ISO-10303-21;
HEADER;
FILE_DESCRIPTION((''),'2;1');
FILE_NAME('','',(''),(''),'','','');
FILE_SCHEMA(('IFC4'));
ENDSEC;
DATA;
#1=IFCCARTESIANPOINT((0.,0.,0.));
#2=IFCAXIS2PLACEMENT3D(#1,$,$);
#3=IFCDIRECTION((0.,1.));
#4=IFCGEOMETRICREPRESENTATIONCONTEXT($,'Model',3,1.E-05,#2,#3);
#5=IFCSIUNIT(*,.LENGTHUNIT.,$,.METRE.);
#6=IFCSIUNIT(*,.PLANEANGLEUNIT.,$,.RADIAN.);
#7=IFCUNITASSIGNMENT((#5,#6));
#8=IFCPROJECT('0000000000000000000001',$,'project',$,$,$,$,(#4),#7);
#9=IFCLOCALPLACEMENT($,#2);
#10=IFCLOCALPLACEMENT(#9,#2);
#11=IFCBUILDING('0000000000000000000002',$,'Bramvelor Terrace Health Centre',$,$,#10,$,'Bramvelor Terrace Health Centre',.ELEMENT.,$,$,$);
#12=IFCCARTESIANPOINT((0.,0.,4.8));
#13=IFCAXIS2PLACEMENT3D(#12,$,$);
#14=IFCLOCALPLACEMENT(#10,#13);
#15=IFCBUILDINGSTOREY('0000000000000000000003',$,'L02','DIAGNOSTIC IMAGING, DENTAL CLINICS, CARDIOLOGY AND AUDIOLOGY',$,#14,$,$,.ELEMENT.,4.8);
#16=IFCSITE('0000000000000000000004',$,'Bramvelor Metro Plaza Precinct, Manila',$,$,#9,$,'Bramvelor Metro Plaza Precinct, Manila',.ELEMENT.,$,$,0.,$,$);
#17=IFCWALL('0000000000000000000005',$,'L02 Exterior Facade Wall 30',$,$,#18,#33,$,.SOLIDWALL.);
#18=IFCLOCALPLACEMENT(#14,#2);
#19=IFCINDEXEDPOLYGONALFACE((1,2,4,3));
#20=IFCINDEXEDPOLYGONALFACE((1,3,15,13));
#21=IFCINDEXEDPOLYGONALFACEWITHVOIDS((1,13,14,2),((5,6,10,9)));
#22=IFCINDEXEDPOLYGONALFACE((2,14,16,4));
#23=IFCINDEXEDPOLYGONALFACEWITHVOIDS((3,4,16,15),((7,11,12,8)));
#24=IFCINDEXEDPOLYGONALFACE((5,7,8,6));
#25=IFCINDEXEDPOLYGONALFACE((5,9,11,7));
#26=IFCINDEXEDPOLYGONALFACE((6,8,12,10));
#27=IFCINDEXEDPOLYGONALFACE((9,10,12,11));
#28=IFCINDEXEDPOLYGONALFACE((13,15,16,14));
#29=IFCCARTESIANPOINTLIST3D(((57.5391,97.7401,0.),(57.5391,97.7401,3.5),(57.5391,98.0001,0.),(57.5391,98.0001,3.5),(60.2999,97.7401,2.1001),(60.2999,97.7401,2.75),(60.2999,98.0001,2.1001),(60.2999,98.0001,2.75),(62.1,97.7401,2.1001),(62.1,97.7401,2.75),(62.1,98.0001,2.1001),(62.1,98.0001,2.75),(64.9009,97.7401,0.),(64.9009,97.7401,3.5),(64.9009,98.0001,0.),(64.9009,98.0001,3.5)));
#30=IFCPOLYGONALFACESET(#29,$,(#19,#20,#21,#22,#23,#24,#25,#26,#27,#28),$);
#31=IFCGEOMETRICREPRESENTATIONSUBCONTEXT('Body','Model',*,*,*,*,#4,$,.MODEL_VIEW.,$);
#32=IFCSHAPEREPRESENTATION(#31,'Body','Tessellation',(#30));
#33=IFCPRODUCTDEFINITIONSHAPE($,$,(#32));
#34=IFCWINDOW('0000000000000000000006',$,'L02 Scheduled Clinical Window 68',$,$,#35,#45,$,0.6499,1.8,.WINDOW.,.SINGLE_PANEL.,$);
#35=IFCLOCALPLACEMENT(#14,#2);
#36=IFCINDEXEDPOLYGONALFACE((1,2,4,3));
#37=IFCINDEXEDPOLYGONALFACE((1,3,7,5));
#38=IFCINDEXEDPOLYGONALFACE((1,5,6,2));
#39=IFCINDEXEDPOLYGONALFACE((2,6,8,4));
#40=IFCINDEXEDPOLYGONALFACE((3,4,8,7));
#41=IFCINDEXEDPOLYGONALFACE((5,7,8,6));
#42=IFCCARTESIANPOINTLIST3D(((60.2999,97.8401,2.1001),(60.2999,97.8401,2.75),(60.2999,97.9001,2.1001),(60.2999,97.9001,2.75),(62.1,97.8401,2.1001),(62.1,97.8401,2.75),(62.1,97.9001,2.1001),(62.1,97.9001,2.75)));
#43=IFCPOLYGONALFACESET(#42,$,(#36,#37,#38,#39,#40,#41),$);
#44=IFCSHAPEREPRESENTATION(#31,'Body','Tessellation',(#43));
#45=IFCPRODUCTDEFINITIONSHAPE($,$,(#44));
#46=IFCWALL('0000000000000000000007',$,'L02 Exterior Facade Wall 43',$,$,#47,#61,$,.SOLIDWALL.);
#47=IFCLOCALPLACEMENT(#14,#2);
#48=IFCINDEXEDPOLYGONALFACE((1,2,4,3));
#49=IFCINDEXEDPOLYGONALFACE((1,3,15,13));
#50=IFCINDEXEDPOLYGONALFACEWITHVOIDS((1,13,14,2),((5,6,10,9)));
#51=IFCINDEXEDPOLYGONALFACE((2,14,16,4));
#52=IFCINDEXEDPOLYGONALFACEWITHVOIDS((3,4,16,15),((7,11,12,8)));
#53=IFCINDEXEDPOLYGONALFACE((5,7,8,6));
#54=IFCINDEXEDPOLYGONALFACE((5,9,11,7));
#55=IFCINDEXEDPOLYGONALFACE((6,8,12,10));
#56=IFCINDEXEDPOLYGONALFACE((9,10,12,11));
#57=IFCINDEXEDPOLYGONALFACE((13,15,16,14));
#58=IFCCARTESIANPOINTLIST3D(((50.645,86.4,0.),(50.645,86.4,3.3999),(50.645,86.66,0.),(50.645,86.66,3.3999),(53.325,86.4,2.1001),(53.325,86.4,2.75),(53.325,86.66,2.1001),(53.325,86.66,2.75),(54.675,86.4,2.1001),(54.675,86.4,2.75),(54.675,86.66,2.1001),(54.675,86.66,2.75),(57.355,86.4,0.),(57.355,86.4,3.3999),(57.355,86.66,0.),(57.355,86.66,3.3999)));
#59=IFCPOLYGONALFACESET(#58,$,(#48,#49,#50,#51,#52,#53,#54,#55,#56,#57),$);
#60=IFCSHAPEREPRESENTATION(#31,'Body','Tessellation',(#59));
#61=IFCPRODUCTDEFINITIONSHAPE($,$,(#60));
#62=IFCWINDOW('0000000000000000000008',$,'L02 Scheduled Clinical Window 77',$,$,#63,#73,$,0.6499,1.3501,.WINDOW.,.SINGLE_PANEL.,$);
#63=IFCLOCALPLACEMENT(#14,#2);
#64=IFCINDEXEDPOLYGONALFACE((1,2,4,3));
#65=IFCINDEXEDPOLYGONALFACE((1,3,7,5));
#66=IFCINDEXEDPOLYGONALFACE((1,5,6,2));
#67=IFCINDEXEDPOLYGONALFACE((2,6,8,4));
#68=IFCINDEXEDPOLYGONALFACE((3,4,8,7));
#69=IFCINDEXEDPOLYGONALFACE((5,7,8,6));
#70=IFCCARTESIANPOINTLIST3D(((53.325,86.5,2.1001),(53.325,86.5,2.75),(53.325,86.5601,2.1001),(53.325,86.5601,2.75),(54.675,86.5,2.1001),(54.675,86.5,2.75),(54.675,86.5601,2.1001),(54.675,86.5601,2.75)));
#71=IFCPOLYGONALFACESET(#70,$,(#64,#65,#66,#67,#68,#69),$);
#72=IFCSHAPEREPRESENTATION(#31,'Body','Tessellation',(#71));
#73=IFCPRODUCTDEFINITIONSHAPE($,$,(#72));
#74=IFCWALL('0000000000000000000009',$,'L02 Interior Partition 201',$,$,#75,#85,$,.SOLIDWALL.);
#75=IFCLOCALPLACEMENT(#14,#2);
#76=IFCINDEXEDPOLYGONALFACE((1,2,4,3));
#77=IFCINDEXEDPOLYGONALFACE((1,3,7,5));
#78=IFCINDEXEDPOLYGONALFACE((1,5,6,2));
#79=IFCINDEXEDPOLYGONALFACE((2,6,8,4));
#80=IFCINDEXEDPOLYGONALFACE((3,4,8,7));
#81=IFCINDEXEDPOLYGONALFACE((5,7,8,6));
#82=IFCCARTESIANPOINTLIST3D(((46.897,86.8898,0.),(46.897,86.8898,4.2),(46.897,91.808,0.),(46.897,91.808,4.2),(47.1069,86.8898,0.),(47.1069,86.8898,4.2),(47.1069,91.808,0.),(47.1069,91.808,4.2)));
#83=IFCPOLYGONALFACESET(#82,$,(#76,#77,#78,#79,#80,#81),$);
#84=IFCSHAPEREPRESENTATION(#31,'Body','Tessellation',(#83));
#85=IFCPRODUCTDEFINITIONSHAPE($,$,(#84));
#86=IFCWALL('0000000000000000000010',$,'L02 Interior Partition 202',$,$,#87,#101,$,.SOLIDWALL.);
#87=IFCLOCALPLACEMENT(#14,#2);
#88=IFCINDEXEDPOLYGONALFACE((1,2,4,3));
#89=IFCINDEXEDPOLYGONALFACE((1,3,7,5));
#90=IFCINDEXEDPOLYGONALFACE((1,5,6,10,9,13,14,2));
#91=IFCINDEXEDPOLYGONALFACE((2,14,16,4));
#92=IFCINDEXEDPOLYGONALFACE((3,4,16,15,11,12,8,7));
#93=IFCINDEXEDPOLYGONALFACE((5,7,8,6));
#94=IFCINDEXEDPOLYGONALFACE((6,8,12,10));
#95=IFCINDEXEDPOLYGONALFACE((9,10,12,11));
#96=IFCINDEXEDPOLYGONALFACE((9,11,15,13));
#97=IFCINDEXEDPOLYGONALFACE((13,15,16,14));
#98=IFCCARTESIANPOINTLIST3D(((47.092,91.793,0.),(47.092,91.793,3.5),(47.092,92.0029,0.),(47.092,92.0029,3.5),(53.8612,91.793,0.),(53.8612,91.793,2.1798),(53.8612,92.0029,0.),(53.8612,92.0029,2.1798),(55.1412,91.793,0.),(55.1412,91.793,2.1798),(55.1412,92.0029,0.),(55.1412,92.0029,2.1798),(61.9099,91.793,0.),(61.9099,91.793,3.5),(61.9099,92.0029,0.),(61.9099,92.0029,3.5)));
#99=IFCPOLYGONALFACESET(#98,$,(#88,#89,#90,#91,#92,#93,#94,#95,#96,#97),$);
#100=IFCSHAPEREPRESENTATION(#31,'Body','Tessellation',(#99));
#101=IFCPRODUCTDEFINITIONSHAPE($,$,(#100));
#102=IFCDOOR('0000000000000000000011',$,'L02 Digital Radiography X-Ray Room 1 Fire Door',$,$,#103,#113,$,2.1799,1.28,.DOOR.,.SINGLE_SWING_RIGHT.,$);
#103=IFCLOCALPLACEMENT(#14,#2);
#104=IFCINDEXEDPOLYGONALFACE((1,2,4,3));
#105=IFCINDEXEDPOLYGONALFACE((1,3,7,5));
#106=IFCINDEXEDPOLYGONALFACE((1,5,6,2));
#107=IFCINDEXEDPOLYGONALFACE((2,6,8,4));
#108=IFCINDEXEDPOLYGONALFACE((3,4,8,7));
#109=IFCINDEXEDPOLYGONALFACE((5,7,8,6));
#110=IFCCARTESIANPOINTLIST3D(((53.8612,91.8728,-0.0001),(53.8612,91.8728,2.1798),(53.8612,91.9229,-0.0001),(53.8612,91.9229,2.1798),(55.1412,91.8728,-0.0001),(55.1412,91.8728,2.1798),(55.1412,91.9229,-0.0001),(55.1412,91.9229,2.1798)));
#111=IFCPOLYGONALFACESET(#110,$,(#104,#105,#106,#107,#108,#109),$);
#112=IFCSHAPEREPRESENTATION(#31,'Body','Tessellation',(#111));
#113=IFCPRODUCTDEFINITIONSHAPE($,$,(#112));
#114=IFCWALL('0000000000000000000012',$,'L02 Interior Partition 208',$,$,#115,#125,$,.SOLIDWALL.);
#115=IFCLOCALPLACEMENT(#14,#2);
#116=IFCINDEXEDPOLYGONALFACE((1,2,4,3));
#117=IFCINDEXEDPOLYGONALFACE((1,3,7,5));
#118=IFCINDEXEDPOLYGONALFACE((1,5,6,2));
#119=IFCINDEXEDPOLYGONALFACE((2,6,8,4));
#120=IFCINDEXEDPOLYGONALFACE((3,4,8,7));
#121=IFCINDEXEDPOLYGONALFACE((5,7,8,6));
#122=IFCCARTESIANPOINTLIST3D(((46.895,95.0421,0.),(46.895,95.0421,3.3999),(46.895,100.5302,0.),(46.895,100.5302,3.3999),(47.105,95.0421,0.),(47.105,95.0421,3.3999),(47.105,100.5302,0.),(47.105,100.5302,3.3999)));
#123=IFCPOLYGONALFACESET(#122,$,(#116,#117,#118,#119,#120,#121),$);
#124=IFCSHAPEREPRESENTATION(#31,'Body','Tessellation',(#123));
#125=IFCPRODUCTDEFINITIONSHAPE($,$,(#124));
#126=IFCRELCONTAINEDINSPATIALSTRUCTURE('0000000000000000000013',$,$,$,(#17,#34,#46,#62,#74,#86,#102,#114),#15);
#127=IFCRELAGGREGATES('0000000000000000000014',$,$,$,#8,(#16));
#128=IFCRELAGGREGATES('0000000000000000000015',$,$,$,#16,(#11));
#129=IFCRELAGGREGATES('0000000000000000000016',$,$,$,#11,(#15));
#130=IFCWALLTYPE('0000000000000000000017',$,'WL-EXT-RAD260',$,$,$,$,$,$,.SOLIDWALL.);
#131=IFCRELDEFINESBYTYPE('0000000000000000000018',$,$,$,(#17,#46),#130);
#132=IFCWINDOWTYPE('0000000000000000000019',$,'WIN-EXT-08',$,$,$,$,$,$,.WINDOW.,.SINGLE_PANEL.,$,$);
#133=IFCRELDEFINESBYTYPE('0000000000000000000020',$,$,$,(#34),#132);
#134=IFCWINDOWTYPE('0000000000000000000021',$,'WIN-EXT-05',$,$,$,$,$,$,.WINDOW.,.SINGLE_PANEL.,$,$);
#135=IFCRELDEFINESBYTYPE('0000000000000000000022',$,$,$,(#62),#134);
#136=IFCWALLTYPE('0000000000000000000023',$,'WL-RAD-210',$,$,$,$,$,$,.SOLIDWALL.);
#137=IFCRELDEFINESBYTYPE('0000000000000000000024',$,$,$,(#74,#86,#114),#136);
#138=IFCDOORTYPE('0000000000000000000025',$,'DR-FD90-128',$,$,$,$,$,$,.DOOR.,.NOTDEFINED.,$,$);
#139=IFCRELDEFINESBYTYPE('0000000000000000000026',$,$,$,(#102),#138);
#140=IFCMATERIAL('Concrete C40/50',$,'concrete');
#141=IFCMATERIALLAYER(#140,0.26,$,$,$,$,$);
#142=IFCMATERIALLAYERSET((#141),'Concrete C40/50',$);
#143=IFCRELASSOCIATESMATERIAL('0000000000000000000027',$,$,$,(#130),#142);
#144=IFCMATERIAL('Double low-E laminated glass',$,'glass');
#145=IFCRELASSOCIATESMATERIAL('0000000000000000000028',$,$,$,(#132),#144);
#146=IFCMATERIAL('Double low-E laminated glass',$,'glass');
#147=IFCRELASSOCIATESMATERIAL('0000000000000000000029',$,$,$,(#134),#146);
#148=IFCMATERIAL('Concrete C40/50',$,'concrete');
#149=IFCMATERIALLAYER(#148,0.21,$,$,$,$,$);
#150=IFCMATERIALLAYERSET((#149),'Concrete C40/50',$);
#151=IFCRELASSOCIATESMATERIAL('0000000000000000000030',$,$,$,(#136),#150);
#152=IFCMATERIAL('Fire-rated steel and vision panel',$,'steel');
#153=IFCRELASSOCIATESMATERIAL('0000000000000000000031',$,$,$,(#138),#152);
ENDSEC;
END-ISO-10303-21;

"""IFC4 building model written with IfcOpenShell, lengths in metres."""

from ifc_helpers import new_model, si_unit, direction, frame, frame_2d, origin, place, context, subcontext, project, spatial, rectangle, extrude, material, layer, layer_set, type_object, element, fill, save


model = new_model("IFC4")

# Units and contexts
model_context = context("Model", 3, precision=1e-05, world=origin(), true_north=direction((0.0, 1.0)))
body_context = subcontext(model_context, "Body", "Model", "MODEL_VIEW")
ifc_project = project(units=[si_unit("LENGTHUNIT", "METRE"), si_unit("PLANEANGLEUNIT", "RADIAN")], contexts=[model_context])

# Site, building, storey
site_placement = place(None, origin())
site = spatial("IfcSite", under=ifc_project, at=site_placement, Name="Bramvelor Metro Plaza Precinct, Manila", LongName="Bramvelor Metro Plaza Precinct, Manila", CompositionType="ELEMENT", RefElevation=0.0)
building_placement = place(site_placement, origin())
building = spatial("IfcBuilding", under=site, at=building_placement, Name="Bramvelor Terrace Health Centre", LongName="Bramvelor Terrace Health Centre", CompositionType="ELEMENT")
storey_placement = place(building_placement, frame((0.0, 0.0, 4.8)))
storey = spatial("IfcBuildingStorey", under=building, at=storey_placement, Name="L02", Description="DIAGNOSTIC IMAGING, DENTAL CLINICS, CARDIOLOGY AND AUDIOLOGY", CompositionType="ELEMENT", Elevation=4.8)

# Walls, openings, windows
ifc_material_1 = material(Name="Concrete C40/50", Category="concrete")
ifc_layer_1 = layer(ifc_material_1, 0.26)
ifc_layer_set_1 = layer_set([ifc_layer_1], Name="Concrete C40/50")
wall_type_1 = type_object("IfcWallType", Name="WL-EXT-RAD260", PredefinedType="SOLIDWALL", material=ifc_layer_set_1)
wall_1_placement = place(storey_placement, frame((57.5391, 97.8701, 0.0), z_axis=(0.0, 0.0, 1.0), x_axis=(1.0, 0.0, 0.0)))
wall_1 = element("IfcWall", 1, at=wall_1_placement, inside=storey, type_object=wall_type_1, Name="L02 Exterior Facade Wall 30", PredefinedType="SOLIDWALL", context=body_context, shape_type="SweptSolid", body=[
    extrude(rectangle(XDim=7.3618, YDim=0.26, at=frame_2d((3.6809, 0.0))), origin(), (0.0, 0.0, 1.0), 3.5),
])
opening_1_placement = place(wall_1_placement, frame((2.761, 0.0, 2.1001)))
opening_1 = element("IfcOpeningElement", 2, at=opening_1_placement, cuts=wall_1, PredefinedType="OPENING", context=body_context, shape_type="SweptSolid", body=[
    extrude(rectangle(XDim=1.8, YDim=0.6499, at=frame_2d((0.8999, 0.325))), frame((0.0, 0.1399, 0.0), z_axis=(0.0, -1.0, 0.0), x_axis=(1.0, 0.0, 0.0)), (0.0, 0.0, 1.0), 0.28),
])
ifc_material_2 = material(Name="Double low-E laminated glass", Category="glass")
window_type_1 = type_object("IfcWindowType", Name="WIN-EXT-08", PartitioningType="SINGLE_PANEL", PredefinedType="WINDOW", material=ifc_material_2)
window_1_placement = place(opening_1_placement, origin())
window_1 = element("IfcWindow", 3, at=window_1_placement, inside=storey, type_object=window_type_1, Name="L02 Scheduled Clinical Window 68", OverallHeight=0.6499, OverallWidth=1.8, PartitioningType="SINGLE_PANEL", PredefinedType="WINDOW", context=body_context, shape_type="SweptSolid", body=[
    extrude(rectangle(XDim=1.8, YDim=0.6499, at=frame_2d((0.8999, 0.325))), frame((0.0, 0.03, 0.0), z_axis=(0.0, -1.0, 0.0), x_axis=(1.0, 0.0, 0.0)), (0.0, 0.0, 1.0), 0.0601),
])
fill(opening_1, window_1)
wall_2_placement = place(storey_placement, frame((57.355, 86.53, 0.0), z_axis=(0.0, 0.0, 1.0), x_axis=(-1.0, 0.0, 0.0)))
wall_2 = element("IfcWall", 4, at=wall_2_placement, inside=storey, type_object=wall_type_1, Name="L02 Exterior Facade Wall 43", PredefinedType="SOLIDWALL", context=body_context, shape_type="SweptSolid", body=[
    extrude(rectangle(XDim=6.71, YDim=0.26, at=frame_2d((3.355, 0.0))), origin(), (0.0, 0.0, 1.0), 3.3999),
])
opening_2_placement = place(wall_2_placement, frame((2.6799, 0.0, 2.1001)))
opening_2 = element("IfcOpeningElement", 5, at=opening_2_placement, cuts=wall_2, PredefinedType="OPENING", context=body_context, shape_type="SweptSolid", body=[
    extrude(rectangle(XDim=1.3501, YDim=0.6499, at=frame_2d((0.675, 0.325))), frame((0.0, 0.1399, 0.0), z_axis=(0.0, -1.0, 0.0), x_axis=(1.0, 0.0, 0.0)), (0.0, 0.0, 1.0), 0.28),
])
ifc_material_3 = material(Name="Double low-E laminated glass", Category="glass")
window_type_2 = type_object("IfcWindowType", Name="WIN-EXT-05", PartitioningType="SINGLE_PANEL", PredefinedType="WINDOW", material=ifc_material_3)
window_2_placement = place(opening_2_placement, origin())
window_2 = element("IfcWindow", 6, at=window_2_placement, inside=storey, type_object=window_type_2, Name="L02 Scheduled Clinical Window 77", OverallHeight=0.6499, OverallWidth=1.3501, PartitioningType="SINGLE_PANEL", PredefinedType="WINDOW", context=body_context, shape_type="SweptSolid", body=[
    extrude(rectangle(XDim=1.3501, YDim=0.6499, at=frame_2d((0.675, 0.325))), frame((0.0, 0.03, 0.0), z_axis=(0.0, -1.0, 0.0), x_axis=(1.0, 0.0, 0.0)), (0.0, 0.0, 1.0), 0.0601),
])
fill(opening_2, window_2)

# Wall
ifc_material_4 = material(Name="Concrete C40/50", Category="concrete")
ifc_layer_2 = layer(ifc_material_4, 0.21)
ifc_layer_set_2 = layer_set([ifc_layer_2], Name="Concrete C40/50")
wall_type_2 = type_object("IfcWallType", Name="WL-RAD-210", PredefinedType="SOLIDWALL", material=ifc_layer_set_2)
wall_3_placement = place(storey_placement, frame((47.002, 86.8899, 0.0), z_axis=(0.0, 0.0, 1.0), x_axis=(0.0, 1.0, 0.0)))
element("IfcWall", 7, at=wall_3_placement, inside=storey, type_object=wall_type_2, Name="L02 Interior Partition 201", PredefinedType="SOLIDWALL", context=body_context, shape_type="SweptSolid", body=[
    extrude(rectangle(XDim=4.9182, YDim=0.21, at=frame_2d((2.459, 0.0))), origin(), (0.0, 0.0, 1.0), 4.2),
])

# Wall, opening, door
wall_4_placement = place(storey_placement, frame((47.092, 91.8979, 0.0), z_axis=(0.0, 0.0, 1.0), x_axis=(1.0, 0.0, 0.0)))
wall_4 = element("IfcWall", 8, at=wall_4_placement, inside=storey, type_object=wall_type_2, Name="L02 Interior Partition 202", PredefinedType="SOLIDWALL", context=body_context, shape_type="SweptSolid", body=[
    extrude(rectangle(XDim=14.8179, YDim=0.21, at=frame_2d((7.4089, 0.0))), origin(), (0.0, 0.0, 1.0), 3.5),
])
opening_3_placement = place(wall_4_placement, frame((6.769, 0.0, 0.0)))
opening_3 = element("IfcOpeningElement", 9, at=opening_3_placement, cuts=wall_4, PredefinedType="OPENING", context=body_context, shape_type="SweptSolid", body=[
    extrude(rectangle(XDim=1.28, YDim=2.1799, at=frame_2d((0.6401, 1.0898))), frame((0.0, 0.115, 0.0), z_axis=(0.0, -1.0, 0.0), x_axis=(1.0, 0.0, 0.0)), (0.0, 0.0, 1.0), 0.23),
])
ifc_material_5 = material(Name="Fire-rated steel and vision panel", Category="steel")
door_type = type_object("IfcDoorType", Name="DR-FD90-128", OperationType="NOTDEFINED", PredefinedType="DOOR", material=ifc_material_5)
door_placement = place(opening_3_placement, origin())
door = element("IfcDoor", 10, at=door_placement, inside=storey, type_object=door_type, Name="L02 Digital Radiography X-Ray Room 1 Fire Door", OperationType="SINGLE_SWING_RIGHT", OverallHeight=2.1799, OverallWidth=1.28, PredefinedType="DOOR", context=body_context, shape_type="SweptSolid", body=[
    extrude(rectangle(XDim=1.28, YDim=2.1799, at=frame_2d((0.6401, 1.0898))), frame((0.0, 0.0249, 0.0), z_axis=(0.0, -1.0, 0.0), x_axis=(1.0, 0.0, 0.0)), (0.0, 0.0, 1.0), 0.05),
])
fill(opening_3, door)

# Wall
wall_5_placement = place(storey_placement, frame((47.0, 95.042, 0.0), z_axis=(0.0, 0.0, 1.0), x_axis=(0.0, 1.0, 0.0)))
element("IfcWall", 11, at=wall_5_placement, inside=storey, type_object=wall_type_2, Name="L02 Interior Partition 208", PredefinedType="SOLIDWALL", context=body_context, shape_type="SweptSolid", body=[
    extrude(rectangle(XDim=5.488, YDim=0.21, at=frame_2d((2.7441, 0.0))), origin(), (0.0, 0.0, 1.0), 3.3999),
])

save(model, "model.ifc")
